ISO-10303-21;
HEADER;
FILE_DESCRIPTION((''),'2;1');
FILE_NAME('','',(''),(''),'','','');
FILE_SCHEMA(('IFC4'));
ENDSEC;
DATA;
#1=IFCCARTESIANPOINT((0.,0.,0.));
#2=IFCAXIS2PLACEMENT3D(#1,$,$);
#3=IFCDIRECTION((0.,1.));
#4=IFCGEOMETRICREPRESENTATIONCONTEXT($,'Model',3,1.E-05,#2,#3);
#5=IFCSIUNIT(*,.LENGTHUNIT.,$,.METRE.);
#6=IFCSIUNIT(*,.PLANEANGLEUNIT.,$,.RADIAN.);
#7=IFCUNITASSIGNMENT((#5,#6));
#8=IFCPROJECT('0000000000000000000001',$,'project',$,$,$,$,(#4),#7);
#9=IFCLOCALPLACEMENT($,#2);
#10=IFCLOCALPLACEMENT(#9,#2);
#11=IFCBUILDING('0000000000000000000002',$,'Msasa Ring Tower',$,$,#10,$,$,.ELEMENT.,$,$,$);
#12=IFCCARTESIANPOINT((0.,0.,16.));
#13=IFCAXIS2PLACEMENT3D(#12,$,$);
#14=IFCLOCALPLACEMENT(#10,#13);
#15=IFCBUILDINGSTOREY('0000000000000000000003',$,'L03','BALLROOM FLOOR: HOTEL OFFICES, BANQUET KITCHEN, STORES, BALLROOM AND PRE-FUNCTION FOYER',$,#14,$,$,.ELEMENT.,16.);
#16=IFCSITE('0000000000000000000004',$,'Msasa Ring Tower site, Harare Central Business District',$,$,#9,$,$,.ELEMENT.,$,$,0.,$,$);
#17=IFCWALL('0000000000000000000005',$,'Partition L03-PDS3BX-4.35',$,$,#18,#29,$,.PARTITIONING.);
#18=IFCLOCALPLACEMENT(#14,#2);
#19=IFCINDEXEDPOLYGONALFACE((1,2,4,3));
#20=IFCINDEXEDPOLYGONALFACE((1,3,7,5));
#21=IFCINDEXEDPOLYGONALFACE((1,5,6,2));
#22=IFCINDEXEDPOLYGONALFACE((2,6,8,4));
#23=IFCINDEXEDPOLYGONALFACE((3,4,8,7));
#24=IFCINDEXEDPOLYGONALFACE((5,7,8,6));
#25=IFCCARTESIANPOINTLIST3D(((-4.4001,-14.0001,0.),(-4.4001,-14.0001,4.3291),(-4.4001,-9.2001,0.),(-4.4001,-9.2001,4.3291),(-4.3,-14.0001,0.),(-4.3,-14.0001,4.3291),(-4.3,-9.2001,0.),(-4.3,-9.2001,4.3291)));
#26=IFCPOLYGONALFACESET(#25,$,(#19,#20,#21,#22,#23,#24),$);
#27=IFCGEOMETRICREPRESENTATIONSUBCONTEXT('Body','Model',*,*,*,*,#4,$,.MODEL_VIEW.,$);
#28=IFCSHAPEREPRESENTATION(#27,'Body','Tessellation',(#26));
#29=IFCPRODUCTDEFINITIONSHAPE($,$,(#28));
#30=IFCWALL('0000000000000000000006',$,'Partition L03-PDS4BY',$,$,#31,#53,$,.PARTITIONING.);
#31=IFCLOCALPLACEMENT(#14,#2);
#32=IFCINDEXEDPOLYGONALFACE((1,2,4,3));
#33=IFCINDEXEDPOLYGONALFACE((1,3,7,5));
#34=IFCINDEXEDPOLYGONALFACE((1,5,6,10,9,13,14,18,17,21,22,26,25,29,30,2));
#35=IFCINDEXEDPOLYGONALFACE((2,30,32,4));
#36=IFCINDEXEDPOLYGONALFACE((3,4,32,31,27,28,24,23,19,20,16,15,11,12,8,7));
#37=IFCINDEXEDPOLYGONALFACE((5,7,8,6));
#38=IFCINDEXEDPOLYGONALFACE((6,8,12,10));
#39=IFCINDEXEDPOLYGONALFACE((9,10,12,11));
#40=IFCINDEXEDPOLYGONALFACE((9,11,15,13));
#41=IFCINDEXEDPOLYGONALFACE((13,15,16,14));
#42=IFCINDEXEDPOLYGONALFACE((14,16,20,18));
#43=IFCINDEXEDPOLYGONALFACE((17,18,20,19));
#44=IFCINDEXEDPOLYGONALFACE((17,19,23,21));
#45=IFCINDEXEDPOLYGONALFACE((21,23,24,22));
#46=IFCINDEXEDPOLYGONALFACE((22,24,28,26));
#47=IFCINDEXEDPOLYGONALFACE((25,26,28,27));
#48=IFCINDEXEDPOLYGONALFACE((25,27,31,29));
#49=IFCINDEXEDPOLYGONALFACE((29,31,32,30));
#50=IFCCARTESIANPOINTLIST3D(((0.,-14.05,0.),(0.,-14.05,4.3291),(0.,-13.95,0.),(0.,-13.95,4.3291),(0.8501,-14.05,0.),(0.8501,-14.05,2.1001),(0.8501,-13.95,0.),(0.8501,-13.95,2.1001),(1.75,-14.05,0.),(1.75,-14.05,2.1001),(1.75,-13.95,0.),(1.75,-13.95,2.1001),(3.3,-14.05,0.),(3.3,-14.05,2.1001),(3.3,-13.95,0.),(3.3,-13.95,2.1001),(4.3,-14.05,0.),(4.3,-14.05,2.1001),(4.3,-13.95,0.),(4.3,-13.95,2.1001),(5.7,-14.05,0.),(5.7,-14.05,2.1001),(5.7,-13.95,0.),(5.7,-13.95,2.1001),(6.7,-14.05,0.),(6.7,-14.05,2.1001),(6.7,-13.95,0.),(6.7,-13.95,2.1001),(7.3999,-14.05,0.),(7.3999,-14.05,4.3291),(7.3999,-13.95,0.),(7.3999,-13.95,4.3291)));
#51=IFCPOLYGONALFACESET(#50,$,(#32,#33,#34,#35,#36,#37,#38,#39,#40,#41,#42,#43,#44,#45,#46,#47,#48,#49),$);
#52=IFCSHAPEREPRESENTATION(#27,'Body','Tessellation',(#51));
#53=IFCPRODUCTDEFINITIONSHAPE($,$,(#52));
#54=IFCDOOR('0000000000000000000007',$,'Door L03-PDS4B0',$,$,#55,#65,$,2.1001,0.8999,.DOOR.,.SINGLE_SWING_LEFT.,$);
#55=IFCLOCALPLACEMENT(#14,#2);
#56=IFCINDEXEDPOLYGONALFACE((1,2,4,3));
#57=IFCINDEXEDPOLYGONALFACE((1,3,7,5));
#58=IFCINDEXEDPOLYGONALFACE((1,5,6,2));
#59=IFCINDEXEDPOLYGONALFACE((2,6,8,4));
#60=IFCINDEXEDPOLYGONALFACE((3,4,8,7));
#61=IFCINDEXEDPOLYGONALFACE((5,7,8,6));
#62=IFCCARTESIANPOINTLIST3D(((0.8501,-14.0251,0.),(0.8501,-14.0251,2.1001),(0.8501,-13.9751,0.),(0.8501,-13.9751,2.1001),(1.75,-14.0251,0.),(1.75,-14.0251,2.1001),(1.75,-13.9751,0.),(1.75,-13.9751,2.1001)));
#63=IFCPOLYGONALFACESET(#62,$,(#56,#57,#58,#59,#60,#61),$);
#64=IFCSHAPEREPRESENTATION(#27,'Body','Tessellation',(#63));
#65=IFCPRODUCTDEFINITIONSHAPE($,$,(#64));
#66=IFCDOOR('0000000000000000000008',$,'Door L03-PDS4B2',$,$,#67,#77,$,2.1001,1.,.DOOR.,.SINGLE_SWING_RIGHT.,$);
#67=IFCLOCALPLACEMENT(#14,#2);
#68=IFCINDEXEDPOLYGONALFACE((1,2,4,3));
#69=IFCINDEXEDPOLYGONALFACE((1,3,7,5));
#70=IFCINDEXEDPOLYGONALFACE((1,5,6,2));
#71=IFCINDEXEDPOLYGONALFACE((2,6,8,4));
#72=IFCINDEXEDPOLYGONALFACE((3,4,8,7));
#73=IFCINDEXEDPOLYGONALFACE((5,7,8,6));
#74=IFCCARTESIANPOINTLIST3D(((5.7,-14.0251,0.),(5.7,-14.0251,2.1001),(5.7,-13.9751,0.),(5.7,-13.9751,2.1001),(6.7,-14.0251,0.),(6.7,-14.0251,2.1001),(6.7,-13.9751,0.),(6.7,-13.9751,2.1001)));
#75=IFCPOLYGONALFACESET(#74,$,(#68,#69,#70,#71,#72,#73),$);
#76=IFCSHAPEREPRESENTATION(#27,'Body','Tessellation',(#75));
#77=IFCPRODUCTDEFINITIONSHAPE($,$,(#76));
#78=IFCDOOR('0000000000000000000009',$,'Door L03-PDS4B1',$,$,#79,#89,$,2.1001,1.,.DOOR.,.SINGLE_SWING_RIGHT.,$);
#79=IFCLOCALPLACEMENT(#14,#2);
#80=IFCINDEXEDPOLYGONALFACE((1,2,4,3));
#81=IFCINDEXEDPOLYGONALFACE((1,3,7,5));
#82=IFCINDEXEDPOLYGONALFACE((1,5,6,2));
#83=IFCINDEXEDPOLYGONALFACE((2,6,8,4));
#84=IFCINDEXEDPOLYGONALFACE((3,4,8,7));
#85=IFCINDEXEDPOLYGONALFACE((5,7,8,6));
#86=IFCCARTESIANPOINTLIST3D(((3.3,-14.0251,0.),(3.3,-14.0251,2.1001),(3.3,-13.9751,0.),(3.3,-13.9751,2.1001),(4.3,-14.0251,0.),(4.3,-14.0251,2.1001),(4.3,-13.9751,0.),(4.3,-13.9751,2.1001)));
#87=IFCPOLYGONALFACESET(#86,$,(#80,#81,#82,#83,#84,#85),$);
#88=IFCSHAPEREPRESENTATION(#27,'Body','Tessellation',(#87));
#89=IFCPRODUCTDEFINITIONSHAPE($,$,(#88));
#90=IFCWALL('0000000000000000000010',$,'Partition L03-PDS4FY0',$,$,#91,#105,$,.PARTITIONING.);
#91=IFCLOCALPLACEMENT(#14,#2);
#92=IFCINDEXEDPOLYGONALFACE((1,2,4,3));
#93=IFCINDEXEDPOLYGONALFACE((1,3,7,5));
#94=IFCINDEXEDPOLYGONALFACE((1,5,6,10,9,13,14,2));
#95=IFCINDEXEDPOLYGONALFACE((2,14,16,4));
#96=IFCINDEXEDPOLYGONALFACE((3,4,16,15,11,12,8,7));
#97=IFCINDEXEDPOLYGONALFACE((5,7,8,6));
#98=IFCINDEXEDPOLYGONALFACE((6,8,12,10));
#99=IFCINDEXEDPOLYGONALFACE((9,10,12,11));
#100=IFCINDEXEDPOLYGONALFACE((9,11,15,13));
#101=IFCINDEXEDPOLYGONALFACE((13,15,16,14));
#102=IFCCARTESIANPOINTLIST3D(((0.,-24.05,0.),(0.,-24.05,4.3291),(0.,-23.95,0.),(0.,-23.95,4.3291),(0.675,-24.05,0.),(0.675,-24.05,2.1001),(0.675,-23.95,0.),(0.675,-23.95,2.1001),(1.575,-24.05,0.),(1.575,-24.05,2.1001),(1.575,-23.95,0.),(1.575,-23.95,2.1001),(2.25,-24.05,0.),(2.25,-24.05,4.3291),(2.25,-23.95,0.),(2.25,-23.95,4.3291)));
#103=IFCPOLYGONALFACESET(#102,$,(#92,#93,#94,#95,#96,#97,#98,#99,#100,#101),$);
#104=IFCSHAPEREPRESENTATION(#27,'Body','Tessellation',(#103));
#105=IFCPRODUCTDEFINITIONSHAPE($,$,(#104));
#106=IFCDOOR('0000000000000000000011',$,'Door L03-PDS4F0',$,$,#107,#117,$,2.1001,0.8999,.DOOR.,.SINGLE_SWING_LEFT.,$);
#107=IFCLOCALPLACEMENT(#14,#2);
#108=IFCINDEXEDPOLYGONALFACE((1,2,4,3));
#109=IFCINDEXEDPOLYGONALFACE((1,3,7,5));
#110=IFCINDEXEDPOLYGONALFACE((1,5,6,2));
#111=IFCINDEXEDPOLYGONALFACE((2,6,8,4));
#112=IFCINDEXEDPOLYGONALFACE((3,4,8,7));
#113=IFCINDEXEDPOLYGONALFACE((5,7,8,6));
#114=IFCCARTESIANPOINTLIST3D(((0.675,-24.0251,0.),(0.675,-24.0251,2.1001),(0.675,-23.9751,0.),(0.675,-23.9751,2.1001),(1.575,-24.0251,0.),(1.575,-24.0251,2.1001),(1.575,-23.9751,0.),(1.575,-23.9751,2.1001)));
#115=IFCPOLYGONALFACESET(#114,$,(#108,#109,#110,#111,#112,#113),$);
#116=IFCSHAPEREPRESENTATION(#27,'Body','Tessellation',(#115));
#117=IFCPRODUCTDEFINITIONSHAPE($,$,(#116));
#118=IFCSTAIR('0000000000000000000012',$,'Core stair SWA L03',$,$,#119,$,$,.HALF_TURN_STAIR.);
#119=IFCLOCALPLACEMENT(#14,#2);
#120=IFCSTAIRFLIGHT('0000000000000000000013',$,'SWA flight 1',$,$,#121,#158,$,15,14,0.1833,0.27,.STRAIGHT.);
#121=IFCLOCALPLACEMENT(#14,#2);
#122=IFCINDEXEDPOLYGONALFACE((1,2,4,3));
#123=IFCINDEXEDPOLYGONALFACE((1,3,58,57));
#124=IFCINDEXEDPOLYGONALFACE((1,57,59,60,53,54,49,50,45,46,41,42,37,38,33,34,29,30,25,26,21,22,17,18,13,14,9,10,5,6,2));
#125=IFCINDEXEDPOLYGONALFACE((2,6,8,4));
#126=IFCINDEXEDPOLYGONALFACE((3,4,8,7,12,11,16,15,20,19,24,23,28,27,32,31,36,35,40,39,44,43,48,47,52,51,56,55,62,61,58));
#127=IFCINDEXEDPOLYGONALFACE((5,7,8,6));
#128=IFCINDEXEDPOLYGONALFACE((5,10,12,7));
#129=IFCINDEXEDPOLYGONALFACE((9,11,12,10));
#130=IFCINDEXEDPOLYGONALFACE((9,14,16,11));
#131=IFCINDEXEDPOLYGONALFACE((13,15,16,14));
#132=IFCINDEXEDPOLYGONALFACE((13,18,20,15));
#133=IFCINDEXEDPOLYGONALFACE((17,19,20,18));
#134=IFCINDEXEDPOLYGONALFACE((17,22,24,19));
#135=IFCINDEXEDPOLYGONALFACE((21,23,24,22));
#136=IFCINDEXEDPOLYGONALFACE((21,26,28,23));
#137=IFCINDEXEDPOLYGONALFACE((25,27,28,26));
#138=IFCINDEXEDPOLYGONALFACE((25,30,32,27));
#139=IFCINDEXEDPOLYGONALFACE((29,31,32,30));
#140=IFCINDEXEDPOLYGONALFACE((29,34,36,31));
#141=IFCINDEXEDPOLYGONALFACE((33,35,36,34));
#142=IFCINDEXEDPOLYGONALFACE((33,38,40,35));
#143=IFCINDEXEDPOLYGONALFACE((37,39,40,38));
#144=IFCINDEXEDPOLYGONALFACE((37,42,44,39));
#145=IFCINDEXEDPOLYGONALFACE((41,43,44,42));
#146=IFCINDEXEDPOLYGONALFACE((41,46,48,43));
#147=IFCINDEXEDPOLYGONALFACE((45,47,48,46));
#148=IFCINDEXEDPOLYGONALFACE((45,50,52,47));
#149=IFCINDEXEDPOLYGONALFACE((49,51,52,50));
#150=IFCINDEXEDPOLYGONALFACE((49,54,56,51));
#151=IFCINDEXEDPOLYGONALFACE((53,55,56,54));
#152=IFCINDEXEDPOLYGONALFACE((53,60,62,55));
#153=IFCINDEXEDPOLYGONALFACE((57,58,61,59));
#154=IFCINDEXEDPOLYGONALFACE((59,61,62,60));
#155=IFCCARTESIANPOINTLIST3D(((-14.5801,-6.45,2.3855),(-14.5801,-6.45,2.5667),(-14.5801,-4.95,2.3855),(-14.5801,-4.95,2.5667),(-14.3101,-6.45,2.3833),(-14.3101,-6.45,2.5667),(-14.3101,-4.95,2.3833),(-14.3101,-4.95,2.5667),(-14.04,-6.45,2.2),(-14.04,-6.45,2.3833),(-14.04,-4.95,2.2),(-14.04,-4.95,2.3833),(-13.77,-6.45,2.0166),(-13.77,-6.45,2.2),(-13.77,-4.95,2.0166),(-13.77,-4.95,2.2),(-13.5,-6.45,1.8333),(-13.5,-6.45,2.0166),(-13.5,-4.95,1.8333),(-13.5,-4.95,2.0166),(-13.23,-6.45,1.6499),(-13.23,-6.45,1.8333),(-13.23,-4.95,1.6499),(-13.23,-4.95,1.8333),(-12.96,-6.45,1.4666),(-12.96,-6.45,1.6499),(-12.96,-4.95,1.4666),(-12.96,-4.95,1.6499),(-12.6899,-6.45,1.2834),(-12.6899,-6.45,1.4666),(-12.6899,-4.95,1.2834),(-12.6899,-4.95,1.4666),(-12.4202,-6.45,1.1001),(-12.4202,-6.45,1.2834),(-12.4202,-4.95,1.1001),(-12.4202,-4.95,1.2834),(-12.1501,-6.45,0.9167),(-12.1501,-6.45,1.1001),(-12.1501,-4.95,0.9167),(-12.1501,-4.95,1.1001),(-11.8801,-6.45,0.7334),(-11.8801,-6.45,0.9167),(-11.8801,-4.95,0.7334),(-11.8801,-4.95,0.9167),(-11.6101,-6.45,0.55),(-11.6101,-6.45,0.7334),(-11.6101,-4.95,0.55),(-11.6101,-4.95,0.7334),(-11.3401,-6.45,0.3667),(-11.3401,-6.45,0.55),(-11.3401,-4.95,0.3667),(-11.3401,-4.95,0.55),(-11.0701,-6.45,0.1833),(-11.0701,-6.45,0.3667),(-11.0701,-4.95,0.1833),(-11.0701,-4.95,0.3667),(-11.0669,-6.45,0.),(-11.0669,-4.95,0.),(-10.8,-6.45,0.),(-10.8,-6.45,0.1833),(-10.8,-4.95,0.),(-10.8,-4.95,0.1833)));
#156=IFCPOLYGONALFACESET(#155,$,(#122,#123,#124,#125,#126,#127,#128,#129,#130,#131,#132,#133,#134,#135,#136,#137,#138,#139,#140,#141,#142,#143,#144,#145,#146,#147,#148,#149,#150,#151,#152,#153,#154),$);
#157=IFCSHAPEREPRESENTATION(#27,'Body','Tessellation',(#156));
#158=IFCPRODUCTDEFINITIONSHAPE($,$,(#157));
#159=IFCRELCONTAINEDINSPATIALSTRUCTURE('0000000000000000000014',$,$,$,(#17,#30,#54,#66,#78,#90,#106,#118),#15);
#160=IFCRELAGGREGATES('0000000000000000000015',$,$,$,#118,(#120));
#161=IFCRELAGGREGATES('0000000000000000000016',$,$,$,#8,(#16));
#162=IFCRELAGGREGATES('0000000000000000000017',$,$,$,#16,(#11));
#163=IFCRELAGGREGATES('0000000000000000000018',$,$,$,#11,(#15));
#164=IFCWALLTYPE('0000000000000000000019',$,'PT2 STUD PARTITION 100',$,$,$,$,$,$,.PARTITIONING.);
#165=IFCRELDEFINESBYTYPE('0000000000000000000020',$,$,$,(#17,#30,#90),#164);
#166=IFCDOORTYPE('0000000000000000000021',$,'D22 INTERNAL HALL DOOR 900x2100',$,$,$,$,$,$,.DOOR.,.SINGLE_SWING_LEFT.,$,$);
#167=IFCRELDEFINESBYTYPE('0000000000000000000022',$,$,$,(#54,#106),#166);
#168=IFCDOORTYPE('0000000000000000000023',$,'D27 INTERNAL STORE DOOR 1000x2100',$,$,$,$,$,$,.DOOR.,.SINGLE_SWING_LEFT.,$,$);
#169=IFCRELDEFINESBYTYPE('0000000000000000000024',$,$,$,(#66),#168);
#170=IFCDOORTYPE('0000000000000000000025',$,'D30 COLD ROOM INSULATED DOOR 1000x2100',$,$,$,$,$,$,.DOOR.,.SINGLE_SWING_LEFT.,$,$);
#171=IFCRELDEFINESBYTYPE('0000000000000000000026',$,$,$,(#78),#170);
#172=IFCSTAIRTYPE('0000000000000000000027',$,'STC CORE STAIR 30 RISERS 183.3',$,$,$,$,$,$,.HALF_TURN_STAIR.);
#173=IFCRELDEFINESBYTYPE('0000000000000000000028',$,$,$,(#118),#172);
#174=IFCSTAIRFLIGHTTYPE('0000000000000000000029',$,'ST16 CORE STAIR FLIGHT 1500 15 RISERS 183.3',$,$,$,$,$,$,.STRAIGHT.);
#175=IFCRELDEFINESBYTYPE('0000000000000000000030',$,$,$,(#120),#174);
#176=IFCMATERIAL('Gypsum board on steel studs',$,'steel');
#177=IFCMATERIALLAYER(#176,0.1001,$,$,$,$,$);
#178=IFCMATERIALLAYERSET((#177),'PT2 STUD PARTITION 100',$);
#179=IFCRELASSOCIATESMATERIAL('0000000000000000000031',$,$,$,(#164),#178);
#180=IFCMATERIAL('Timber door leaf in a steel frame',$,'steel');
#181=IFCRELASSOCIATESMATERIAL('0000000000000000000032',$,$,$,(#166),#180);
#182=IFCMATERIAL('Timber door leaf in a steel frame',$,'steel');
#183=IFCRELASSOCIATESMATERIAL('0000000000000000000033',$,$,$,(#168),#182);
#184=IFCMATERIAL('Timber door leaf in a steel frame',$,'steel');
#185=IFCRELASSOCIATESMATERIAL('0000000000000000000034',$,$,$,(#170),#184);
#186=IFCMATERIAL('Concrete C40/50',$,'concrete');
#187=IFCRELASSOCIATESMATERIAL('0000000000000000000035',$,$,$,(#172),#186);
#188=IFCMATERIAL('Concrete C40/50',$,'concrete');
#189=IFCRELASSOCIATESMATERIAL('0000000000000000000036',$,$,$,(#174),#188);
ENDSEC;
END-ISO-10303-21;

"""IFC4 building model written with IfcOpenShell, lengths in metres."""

from ifc_helpers import new_model, si_unit, direction, frame, frame_2d, origin, place, context, subcontext, project, spatial, polyline, rectangle, outline, extrude, material, layer, layer_set, type_object, element, fill, aggregate, save


model = new_model("IFC4")

# Units and contexts
model_context = context("Model", 3, precision=1e-05, world=origin(), true_north=direction((0.0, 1.0)))
body_context = subcontext(model_context, "Body", "Model", "MODEL_VIEW")
ifc_project = project(units=[si_unit("LENGTHUNIT", "METRE"), si_unit("PLANEANGLEUNIT", "RADIAN")], contexts=[model_context])

# Site, building, storey
site_placement = place(None, origin())
site = spatial("IfcSite", under=ifc_project, at=site_placement, Name="Msasa Ring Tower site, Harare Central Business District", CompositionType="ELEMENT", RefElevation=0.0)
building_placement = place(site_placement, origin())
building = spatial("IfcBuilding", under=site, at=building_placement, Name="Msasa Ring Tower", CompositionType="ELEMENT")
storey_placement = place(building_placement, frame((0.0, 0.0, 16.0)))
storey = spatial("IfcBuildingStorey", under=building, at=storey_placement, Name="L03", Description="BALLROOM FLOOR: HOTEL OFFICES, BANQUET KITCHEN, STORES, BALLROOM AND PRE-FUNCTION FOYER", CompositionType="ELEMENT", Elevation=16.0)

# Shared definitions
ifc_material_1 = material(Name="Gypsum board on steel studs", Category="steel")
ifc_layer_1 = layer(ifc_material_1, 0.1001)
ifc_layer_set_1 = layer_set([ifc_layer_1], Name="PT2 STUD PARTITION 100")
wall_type_1 = type_object("IfcWallType", Name="PT2 STUD PARTITION 100", PredefinedType="PARTITIONING", material=ifc_layer_set_1)

# Shared definitions
ifc_material_2 = material(Name="Timber door leaf in a steel frame", Category="steel")
door_type_1 = type_object("IfcDoorType", Name="D22 INTERNAL HALL DOOR 900x2100", OperationType="SINGLE_SWING_LEFT", PredefinedType="DOOR", material=ifc_material_2)

# Wall
wall_1_placement = place(storey_placement, frame((-4.3501, -14.0, 0.0), z_axis=(0.0, 0.0, 1.0), x_axis=(0.0, 1.0, 0.0)))
element("IfcWall", 1, at=wall_1_placement, inside=storey, type_object=wall_type_1, Name="Partition L03-PDS3BX-4.35", PredefinedType="PARTITIONING", context=body_context, shape_type="SweptSolid", body=[
    extrude(rectangle(XDim=4.8, YDim=0.1001, at=frame_2d((2.3999, 0.0))), origin(), (0.0, 0.0, 1.0), 4.3291),
])

# Wall, openings, doors
wall_2_placement = place(storey_placement, frame((0.0, -14.0, 0.0), z_axis=(0.0, 0.0, 1.0), x_axis=(1.0, 0.0, 0.0)))
wall_2 = element("IfcWall", 2, at=wall_2_placement, inside=storey, type_object=wall_type_1, Name="Partition L03-PDS4BY", PredefinedType="PARTITIONING", context=body_context, shape_type="SweptSolid", body=[
    extrude(rectangle(XDim=7.3999, YDim=0.1001, at=frame_2d((3.7, 0.0))), origin(), (0.0, 0.0, 1.0), 4.3291),
])
opening_1_placement = place(wall_2_placement, frame((0.8501, 0.0, 0.0)))
opening_1 = element("IfcOpeningElement", 3, at=opening_1_placement, cuts=wall_2, PredefinedType="OPENING", context=body_context, shape_type="SweptSolid", body=[
    extrude(rectangle(XDim=0.8999, YDim=2.1001, at=frame_2d((0.45, 1.05))), frame((0.0, 0.0601, 0.0), z_axis=(0.0, -1.0, 0.0), x_axis=(1.0, 0.0, 0.0)), (0.0, 0.0, 1.0), 0.1201),
])
opening_2_placement = place(wall_2_placement, frame((3.3, 0.0, 0.0)))
opening_2 = element("IfcOpeningElement", 4, at=opening_2_placement, cuts=wall_2, PredefinedType="OPENING", context=body_context, shape_type="SweptSolid", body=[
    extrude(rectangle(XDim=1.0, YDim=2.1001, at=frame_2d((0.5, 1.05))), frame((0.0, 0.0601, 0.0), z_axis=(0.0, -1.0, 0.0), x_axis=(1.0, 0.0, 0.0)), (0.0, 0.0, 1.0), 0.1201),
])
opening_3_placement = place(wall_2_placement, frame((5.7, 0.0, 0.0)))
opening_3 = element("IfcOpeningElement", 5, at=opening_3_placement, cuts=wall_2, PredefinedType="OPENING", context=body_context, shape_type="SweptSolid", body=[
    extrude(rectangle(XDim=1.0, YDim=2.1001, at=frame_2d((0.5, 1.05))), frame((0.0, 0.0601, 0.0), z_axis=(0.0, -1.0, 0.0), x_axis=(1.0, 0.0, 0.0)), (0.0, 0.0, 1.0), 0.1201),
])
door_1_placement = place(opening_1_placement, origin())
door_1 = element("IfcDoor", 6, at=door_1_placement, inside=storey, type_object=door_type_1, Name="Door L03-PDS4B0", OperationType="SINGLE_SWING_LEFT", OverallHeight=2.1001, OverallWidth=0.8999, PredefinedType="DOOR", context=body_context, shape_type="SweptSolid", body=[
    extrude(rectangle(XDim=0.8999, YDim=2.1001, at=frame_2d((0.45, 1.05))), frame((0.0, 0.0249, 0.0), z_axis=(0.0, -1.0, 0.0), x_axis=(1.0, 0.0, 0.0)), (0.0, 0.0, 1.0), 0.05),
])
fill(opening_1, door_1)
ifc_material_3 = material(Name="Timber door leaf in a steel frame", Category="steel")
door_type_2 = type_object("IfcDoorType", Name="D27 INTERNAL STORE DOOR 1000x2100", OperationType="SINGLE_SWING_LEFT", PredefinedType="DOOR", material=ifc_material_3)
door_2_placement = place(opening_3_placement, origin())
door_2 = element("IfcDoor", 7, at=door_2_placement, inside=storey, type_object=door_type_2, Name="Door L03-PDS4B2", OperationType="SINGLE_SWING_RIGHT", OverallHeight=2.1001, OverallWidth=1.0, PredefinedType="DOOR", context=body_context, shape_type="SweptSolid", body=[
    extrude(rectangle(XDim=1.0, YDim=2.1001, at=frame_2d((0.5, 1.05))), frame((0.0, 0.0249, 0.0), z_axis=(0.0, -1.0, 0.0), x_axis=(1.0, 0.0, 0.0)), (0.0, 0.0, 1.0), 0.05),
])
fill(opening_3, door_2)
ifc_material_4 = material(Name="Timber door leaf in a steel frame", Category="steel")
door_type_3 = type_object("IfcDoorType", Name="D30 COLD ROOM INSULATED DOOR 1000x2100", OperationType="SINGLE_SWING_LEFT", PredefinedType="DOOR", material=ifc_material_4)
door_3_placement = place(opening_2_placement, origin())
door_3 = element("IfcDoor", 8, at=door_3_placement, inside=storey, type_object=door_type_3, Name="Door L03-PDS4B1", OperationType="SINGLE_SWING_RIGHT", OverallHeight=2.1001, OverallWidth=1.0, PredefinedType="DOOR", context=body_context, shape_type="SweptSolid", body=[
    extrude(rectangle(XDim=1.0, YDim=2.1001, at=frame_2d((0.5, 1.05))), frame((0.0, 0.0249, 0.0), z_axis=(0.0, -1.0, 0.0), x_axis=(1.0, 0.0, 0.0)), (0.0, 0.0, 1.0), 0.05),
])
fill(opening_2, door_3)

# Wall, opening, door
wall_3_placement = place(storey_placement, frame((0.0, -24.0, 0.0), z_axis=(0.0, 0.0, 1.0), x_axis=(1.0, 0.0, 0.0)))
wall_3 = element("IfcWall", 9, at=wall_3_placement, inside=storey, type_object=wall_type_1, Name="Partition L03-PDS4FY0", PredefinedType="PARTITIONING", context=body_context, shape_type="SweptSolid", body=[
    extrude(rectangle(XDim=2.25, YDim=0.1001, at=frame_2d((1.125, 0.0))), origin(), (0.0, 0.0, 1.0), 4.3291),
])
opening_4_placement = place(wall_3_placement, frame((0.675, 0.0, 0.0)))
opening_4 = element("IfcOpeningElement", 10, at=opening_4_placement, cuts=wall_3, PredefinedType="OPENING", context=body_context, shape_type="SweptSolid", body=[
    extrude(rectangle(XDim=0.8999, YDim=2.1001, at=frame_2d((0.45, 1.05))), frame((0.0, 0.0601, 0.0), z_axis=(0.0, -1.0, 0.0), x_axis=(1.0, 0.0, 0.0)), (0.0, 0.0, 1.0), 0.1201),
])
door_4_placement = place(opening_4_placement, origin())
door_4 = element("IfcDoor", 11, at=door_4_placement, inside=storey, type_object=door_type_1, Name="Door L03-PDS4F0", OperationType="SINGLE_SWING_LEFT", OverallHeight=2.1001, OverallWidth=0.8999, PredefinedType="DOOR", context=body_context, shape_type="SweptSolid", body=[
    extrude(rectangle(XDim=0.8999, YDim=2.1001, at=frame_2d((0.45, 1.05))), frame((0.0, 0.0249, 0.0), z_axis=(0.0, -1.0, 0.0), x_axis=(1.0, 0.0, 0.0)), (0.0, 0.0, 1.0), 0.05),
])
fill(opening_4, door_4)

# Stair, stair flight
ifc_material_5 = material(Name="Concrete C40/50", Category="concrete")
stair_type = type_object("IfcStairType", Name="STC CORE STAIR 30 RISERS 183.3", PredefinedType="HALF_TURN_STAIR", material=ifc_material_5)
stair_placement = place(storey_placement, origin())
stair = element("IfcStair", 12, at=stair_placement, inside=storey, type_object=stair_type, Name="Core stair SWA L03", PredefinedType="HALF_TURN_STAIR")
ifc_material_6 = material(Name="Concrete C40/50", Category="concrete")
stair_flight_type = type_object("IfcStairFlightType", Name="ST16 CORE STAIR FLIGHT 1500 15 RISERS 183.3", PredefinedType="STRAIGHT", material=ifc_material_6)
stair_flight_placement = place(storey_placement, frame((-10.8, -5.7, 0.0), z_axis=(0.0, 0.0, 1.0), x_axis=(-1.0, 0.0, 0.0)))
stair_flight = element("IfcStairFlight", 13, at=stair_flight_placement, type_object=stair_flight_type, Name="SWA flight 1", NumberOfRisers=15, NumberOfTreads=14, PredefinedType="STRAIGHT", RiserHeight=0.1833, TreadLength=0.27, context=body_context, shape_type="SweptSolid", body=[
    extrude(outline(polyline([(0.0, 0.0), (0.0, 0.1833), (0.27, 0.1833), (0.27, 0.3667), (0.54, 0.3667), (0.54, 0.55), (0.8101, 0.55), (0.8101, 0.7334), (1.0801, 0.7334), (1.0801, 0.9167), (1.3501, 0.9167), (1.3501, 1.1001), (1.6201, 1.1001), (1.6201, 1.2834), (1.8899, 1.2834), (1.8899, 1.4666), (2.1599, 1.4666), (2.1599, 1.6499), (2.4299, 1.6499), (2.4299, 1.8333), (2.7, 1.8333), (2.7, 2.0166), (2.97, 2.0166), (2.97, 2.2), (3.24, 2.2), (3.24, 2.3833), (3.51, 2.3833), (3.51, 2.5667), (3.78, 2.5667), (3.78, 2.75), (3.78, 2.3855), (0.2668, 0.0), (0.0, 0.0)])), frame((0.0, 0.75, 0.0), z_axis=(0.0, -1.0, 0.0), x_axis=(1.0, 0.0, 0.0)), (0.0, 0.0, 1.0), 1.5),
])
aggregate(stair, [stair_flight])

save(model, "model.ifc")
